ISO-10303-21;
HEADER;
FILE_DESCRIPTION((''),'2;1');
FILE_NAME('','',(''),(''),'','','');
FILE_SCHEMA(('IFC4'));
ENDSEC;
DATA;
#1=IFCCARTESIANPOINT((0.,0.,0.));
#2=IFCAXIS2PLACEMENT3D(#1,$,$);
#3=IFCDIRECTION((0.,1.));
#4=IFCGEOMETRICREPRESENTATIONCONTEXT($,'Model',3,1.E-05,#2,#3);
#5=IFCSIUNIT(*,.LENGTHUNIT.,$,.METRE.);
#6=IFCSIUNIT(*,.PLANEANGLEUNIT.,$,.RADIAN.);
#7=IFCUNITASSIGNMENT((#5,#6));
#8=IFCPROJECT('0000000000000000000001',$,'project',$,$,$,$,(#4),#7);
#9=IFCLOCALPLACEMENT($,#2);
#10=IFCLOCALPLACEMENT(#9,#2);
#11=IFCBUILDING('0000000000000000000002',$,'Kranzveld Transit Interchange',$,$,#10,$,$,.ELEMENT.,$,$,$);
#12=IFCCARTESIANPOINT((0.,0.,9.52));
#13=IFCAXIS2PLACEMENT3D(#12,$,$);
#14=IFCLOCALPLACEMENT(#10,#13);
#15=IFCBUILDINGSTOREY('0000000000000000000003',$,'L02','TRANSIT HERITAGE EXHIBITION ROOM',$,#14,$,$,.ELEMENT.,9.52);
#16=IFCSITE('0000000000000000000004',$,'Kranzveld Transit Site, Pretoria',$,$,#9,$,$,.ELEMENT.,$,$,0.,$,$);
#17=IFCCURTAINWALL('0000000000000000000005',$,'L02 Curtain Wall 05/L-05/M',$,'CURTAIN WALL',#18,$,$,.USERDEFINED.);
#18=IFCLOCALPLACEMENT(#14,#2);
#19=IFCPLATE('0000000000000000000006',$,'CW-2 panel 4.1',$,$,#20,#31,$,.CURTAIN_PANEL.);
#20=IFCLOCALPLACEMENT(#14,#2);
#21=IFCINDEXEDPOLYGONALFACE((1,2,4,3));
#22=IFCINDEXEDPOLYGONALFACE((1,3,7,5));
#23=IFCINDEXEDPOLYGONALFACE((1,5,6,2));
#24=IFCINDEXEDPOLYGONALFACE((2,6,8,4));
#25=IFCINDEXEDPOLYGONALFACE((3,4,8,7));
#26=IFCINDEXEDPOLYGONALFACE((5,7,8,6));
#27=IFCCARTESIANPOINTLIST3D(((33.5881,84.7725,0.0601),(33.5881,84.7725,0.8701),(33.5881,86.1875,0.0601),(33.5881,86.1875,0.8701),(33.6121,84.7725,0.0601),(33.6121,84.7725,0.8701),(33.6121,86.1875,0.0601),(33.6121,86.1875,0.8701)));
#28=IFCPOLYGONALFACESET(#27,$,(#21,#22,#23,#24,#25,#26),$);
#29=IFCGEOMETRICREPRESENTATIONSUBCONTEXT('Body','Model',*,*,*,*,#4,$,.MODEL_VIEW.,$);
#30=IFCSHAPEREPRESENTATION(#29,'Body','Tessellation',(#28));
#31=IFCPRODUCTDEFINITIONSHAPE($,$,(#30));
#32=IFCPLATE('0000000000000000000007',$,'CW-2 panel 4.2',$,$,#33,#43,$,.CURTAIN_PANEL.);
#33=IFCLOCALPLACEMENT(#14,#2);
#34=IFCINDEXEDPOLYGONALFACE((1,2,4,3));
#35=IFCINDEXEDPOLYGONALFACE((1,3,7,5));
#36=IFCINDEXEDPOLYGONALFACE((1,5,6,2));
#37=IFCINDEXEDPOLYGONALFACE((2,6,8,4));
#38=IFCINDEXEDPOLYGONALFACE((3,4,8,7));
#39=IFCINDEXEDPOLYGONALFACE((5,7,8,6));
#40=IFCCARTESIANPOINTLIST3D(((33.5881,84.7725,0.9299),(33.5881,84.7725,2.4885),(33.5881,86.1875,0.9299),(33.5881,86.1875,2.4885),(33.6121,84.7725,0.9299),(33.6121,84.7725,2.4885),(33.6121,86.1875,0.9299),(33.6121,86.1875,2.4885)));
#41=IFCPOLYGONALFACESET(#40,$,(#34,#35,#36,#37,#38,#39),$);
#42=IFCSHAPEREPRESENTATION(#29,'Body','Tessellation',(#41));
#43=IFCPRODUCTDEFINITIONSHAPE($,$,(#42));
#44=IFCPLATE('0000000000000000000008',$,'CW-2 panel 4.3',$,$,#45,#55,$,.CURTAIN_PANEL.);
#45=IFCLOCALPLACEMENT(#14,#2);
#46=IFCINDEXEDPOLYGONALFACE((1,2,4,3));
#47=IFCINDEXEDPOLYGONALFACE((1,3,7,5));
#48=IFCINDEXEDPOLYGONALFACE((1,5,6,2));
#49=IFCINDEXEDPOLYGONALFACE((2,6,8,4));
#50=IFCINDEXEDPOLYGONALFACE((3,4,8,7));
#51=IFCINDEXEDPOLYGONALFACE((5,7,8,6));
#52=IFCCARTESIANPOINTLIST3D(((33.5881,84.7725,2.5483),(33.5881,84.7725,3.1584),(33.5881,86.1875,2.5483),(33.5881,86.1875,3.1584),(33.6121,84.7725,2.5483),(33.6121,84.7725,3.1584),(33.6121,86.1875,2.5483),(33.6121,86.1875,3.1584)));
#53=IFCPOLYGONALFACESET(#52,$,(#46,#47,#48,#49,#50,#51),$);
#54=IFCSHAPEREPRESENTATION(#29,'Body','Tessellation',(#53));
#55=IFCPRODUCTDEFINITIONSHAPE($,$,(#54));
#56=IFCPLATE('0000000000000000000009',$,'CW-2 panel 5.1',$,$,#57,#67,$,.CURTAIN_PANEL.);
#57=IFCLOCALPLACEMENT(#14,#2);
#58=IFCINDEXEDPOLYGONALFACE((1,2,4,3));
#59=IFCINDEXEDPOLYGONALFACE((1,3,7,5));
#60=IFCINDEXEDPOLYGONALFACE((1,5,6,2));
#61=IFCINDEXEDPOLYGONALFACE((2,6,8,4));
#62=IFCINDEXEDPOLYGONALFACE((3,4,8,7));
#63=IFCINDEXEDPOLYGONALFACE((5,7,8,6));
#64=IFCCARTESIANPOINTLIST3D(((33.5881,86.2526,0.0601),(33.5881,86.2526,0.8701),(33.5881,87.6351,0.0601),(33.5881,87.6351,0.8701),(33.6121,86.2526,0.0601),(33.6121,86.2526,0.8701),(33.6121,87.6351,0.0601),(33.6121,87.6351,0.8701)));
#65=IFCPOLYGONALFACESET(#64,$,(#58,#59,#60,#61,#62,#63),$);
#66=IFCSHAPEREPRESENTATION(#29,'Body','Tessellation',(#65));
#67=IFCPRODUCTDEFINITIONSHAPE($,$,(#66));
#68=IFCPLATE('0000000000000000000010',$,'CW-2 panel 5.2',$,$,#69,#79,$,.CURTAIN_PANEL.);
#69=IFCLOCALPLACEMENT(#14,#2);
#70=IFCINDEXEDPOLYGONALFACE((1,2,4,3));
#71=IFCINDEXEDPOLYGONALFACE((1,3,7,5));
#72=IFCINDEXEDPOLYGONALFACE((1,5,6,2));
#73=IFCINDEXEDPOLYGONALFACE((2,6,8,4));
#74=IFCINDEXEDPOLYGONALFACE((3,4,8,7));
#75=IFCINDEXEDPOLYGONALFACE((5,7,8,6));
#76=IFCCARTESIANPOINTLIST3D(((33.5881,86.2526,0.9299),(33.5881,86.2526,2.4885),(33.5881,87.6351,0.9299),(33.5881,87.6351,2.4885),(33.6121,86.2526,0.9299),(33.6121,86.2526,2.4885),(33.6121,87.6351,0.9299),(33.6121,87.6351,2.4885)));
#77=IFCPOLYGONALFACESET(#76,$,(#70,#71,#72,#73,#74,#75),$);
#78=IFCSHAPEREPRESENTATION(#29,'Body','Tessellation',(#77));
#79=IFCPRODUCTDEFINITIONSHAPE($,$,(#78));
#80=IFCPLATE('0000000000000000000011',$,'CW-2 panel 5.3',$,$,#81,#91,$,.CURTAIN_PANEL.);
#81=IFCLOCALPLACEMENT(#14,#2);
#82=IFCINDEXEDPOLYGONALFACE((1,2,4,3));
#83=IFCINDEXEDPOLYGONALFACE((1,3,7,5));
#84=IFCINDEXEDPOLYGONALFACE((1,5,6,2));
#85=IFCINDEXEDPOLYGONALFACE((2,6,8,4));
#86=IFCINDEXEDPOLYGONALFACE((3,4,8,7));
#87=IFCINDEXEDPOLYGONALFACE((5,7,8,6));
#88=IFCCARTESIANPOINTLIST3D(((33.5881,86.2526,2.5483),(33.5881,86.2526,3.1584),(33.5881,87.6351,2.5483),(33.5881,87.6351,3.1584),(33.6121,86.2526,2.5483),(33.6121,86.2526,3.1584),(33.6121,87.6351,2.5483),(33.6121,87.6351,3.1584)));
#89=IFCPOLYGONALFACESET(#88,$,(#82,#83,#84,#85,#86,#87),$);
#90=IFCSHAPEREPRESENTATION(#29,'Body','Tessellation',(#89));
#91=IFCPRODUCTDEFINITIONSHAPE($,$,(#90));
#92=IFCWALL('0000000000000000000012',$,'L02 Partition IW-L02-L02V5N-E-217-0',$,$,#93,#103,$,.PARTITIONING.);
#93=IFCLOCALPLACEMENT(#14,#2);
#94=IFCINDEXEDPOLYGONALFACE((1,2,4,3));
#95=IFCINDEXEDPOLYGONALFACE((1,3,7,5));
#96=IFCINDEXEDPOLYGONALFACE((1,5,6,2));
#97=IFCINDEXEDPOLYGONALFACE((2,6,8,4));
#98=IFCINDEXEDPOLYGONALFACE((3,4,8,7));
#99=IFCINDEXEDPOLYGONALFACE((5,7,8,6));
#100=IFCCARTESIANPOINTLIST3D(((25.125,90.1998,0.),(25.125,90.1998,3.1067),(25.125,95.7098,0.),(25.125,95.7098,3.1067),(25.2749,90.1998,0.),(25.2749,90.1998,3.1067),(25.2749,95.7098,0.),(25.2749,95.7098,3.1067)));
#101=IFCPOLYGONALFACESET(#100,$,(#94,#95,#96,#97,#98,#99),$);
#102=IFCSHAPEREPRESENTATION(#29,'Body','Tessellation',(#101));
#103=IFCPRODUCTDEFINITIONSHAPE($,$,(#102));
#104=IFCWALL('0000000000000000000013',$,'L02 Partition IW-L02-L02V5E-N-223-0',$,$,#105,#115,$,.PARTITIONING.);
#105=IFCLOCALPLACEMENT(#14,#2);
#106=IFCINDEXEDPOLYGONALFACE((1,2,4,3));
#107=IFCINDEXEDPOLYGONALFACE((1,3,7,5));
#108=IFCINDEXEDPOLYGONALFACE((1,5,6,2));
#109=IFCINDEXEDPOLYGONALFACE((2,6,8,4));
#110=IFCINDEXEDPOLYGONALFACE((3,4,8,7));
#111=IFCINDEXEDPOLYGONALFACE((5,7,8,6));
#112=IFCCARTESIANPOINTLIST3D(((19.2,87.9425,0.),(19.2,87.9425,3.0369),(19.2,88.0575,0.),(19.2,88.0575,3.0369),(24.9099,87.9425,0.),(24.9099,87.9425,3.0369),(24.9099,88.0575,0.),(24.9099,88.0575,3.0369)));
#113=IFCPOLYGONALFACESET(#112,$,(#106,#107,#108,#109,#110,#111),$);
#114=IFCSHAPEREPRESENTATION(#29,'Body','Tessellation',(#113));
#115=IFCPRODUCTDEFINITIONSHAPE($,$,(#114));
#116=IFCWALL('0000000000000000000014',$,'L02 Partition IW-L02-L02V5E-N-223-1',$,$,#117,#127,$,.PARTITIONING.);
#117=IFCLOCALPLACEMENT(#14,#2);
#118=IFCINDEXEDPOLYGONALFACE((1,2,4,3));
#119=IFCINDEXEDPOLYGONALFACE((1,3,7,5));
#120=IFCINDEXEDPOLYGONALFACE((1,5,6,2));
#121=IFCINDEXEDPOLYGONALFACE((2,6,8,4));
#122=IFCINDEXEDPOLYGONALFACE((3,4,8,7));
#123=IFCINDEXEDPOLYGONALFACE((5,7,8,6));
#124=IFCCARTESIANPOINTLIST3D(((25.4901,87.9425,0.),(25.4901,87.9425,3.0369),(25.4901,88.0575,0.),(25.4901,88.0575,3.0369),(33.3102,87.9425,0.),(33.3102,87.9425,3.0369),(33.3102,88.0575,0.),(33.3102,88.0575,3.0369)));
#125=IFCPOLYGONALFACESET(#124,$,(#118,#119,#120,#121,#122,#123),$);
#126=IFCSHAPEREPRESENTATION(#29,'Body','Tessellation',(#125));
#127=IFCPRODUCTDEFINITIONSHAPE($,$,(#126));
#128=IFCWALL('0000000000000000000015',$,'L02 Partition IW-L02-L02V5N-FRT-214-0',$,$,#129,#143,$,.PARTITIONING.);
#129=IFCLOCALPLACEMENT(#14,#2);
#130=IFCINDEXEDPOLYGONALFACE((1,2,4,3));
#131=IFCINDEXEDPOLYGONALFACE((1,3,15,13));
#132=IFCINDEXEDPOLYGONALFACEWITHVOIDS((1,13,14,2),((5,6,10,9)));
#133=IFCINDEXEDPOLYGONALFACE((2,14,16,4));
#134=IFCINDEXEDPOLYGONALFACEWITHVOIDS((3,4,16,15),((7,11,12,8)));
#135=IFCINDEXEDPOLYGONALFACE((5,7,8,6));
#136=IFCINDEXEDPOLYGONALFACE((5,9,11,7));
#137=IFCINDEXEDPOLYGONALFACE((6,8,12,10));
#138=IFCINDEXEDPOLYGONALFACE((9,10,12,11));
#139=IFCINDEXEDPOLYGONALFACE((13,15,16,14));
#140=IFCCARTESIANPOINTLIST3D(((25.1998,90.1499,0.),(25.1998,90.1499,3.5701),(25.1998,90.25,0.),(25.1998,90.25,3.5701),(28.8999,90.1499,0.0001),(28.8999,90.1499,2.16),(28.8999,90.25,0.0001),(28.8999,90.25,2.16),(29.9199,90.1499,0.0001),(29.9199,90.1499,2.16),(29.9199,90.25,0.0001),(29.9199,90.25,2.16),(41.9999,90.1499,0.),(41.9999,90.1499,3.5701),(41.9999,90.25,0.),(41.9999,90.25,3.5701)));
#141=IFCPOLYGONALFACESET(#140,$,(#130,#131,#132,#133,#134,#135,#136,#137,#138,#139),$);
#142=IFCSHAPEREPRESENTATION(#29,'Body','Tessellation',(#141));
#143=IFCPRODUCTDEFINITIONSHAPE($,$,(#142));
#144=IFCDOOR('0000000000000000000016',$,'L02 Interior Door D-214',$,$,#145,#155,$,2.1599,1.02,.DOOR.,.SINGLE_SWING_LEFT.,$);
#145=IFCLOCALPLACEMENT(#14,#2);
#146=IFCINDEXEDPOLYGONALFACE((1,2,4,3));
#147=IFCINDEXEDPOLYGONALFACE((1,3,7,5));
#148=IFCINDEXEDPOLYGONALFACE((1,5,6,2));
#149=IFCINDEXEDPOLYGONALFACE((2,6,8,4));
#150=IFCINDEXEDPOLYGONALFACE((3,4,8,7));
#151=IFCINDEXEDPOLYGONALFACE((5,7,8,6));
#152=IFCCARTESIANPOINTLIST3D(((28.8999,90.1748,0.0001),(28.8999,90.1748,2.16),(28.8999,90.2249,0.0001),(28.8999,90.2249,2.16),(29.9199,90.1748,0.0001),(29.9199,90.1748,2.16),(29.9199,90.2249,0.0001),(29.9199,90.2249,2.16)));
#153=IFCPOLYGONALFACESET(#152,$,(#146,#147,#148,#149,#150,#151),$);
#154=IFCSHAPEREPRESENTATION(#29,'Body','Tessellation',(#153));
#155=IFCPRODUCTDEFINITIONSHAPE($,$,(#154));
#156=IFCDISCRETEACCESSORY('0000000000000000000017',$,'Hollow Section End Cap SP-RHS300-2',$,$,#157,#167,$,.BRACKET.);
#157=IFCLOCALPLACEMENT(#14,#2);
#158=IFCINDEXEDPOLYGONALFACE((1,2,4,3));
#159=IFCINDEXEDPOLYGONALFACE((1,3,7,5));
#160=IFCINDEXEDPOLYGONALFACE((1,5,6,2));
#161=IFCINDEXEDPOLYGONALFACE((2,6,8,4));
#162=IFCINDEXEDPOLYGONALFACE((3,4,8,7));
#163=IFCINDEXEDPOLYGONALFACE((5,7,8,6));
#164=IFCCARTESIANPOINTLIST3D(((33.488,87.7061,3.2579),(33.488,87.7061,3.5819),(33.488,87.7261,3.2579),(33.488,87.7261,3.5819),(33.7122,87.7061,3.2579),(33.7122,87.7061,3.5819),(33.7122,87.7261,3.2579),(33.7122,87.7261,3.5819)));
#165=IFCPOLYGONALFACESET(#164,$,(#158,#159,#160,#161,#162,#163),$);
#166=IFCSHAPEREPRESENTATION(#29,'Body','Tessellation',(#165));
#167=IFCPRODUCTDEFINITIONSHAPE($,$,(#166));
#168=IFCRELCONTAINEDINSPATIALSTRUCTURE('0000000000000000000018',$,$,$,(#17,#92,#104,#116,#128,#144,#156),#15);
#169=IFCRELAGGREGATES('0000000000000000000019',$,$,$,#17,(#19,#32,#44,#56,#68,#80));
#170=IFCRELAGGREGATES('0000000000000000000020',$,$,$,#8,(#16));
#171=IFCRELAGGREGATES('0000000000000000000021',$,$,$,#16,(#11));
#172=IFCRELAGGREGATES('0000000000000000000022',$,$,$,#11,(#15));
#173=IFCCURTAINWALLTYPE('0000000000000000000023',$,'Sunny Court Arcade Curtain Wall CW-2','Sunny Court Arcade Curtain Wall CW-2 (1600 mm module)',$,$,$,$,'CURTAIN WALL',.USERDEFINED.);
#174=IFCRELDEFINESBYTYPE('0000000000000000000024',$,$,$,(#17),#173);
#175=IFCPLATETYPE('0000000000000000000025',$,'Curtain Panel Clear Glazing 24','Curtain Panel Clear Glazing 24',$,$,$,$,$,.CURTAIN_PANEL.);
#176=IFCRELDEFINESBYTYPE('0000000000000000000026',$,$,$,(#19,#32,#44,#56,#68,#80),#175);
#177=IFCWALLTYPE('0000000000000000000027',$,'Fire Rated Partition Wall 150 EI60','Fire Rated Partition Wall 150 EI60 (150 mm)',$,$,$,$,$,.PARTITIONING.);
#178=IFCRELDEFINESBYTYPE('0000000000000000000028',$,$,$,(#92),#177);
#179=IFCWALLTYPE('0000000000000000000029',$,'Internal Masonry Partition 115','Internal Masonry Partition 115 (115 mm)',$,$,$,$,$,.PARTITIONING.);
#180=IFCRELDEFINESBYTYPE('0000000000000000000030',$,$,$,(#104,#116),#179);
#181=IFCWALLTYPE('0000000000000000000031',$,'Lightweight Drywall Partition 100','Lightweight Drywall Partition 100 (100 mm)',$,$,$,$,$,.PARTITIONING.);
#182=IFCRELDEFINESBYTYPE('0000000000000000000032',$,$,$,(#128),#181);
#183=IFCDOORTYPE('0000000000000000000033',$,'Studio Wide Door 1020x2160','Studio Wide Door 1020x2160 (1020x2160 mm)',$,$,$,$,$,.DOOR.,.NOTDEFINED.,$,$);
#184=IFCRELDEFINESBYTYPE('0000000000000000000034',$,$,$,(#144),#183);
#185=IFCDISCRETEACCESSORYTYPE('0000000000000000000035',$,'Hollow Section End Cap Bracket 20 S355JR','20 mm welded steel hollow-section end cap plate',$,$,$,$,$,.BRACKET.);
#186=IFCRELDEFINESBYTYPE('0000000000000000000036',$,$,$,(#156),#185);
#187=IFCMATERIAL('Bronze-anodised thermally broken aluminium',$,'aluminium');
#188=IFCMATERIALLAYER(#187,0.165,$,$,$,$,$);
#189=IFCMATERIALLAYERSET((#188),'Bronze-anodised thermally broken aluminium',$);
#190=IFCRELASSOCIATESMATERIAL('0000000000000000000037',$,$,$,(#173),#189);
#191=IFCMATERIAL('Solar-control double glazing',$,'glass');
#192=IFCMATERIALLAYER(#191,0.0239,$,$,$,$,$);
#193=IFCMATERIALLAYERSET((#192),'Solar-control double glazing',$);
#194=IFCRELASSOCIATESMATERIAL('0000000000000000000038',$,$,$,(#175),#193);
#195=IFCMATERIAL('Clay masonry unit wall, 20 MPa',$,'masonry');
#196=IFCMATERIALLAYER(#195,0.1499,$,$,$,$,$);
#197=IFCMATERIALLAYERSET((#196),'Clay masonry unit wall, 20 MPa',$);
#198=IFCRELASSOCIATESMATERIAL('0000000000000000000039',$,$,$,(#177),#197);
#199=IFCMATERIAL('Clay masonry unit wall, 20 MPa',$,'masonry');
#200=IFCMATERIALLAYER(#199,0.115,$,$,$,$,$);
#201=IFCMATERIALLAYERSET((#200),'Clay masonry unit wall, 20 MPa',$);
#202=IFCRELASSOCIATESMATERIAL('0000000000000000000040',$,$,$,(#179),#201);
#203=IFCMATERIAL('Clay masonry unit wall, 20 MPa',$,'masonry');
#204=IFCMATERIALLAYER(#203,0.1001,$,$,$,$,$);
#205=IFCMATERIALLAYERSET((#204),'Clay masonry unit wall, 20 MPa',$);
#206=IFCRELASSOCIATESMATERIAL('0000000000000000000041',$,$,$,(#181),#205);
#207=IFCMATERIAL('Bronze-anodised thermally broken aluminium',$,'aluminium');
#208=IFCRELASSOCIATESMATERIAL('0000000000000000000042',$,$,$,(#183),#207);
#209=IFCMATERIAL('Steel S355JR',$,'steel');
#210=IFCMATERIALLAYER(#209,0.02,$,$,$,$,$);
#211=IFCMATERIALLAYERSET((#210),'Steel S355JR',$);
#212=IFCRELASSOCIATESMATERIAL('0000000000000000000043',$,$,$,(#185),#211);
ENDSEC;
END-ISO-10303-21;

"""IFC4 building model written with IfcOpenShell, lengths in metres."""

from ifc_helpers import new_model, si_unit, direction, frame, frame_2d, origin, origin_2d, place, context, subcontext, project, spatial, rectangle, extrude, material, layer, layer_set, type_object, element, fill, aggregate, save


model = new_model("IFC4")

# Units and contexts
model_context = context("Model", 3, precision=1e-05, world=origin(), true_north=direction((0.0, 1.0)))
body_context = subcontext(model_context, "Body", "Model", "MODEL_VIEW")
ifc_project = project(units=[si_unit("LENGTHUNIT", "METRE"), si_unit("PLANEANGLEUNIT", "RADIAN")], contexts=[model_context])

# Site, building, storey
site_placement = place(None, origin())
site = spatial("IfcSite", under=ifc_project, at=site_placement, Name="Kranzveld Transit Site, Pretoria", CompositionType="ELEMENT", RefElevation=0.0)
building_placement = place(site_placement, origin())
building = spatial("IfcBuilding", under=site, at=building_placement, Name="Kranzveld Transit Interchange", CompositionType="ELEMENT")
storey_placement = place(building_placement, frame((0.0, 0.0, 9.52)))
storey = spatial("IfcBuildingStorey", under=building, at=storey_placement, Name="L02", Description="TRANSIT HERITAGE EXHIBITION ROOM", CompositionType="ELEMENT", Elevation=9.52)

# Curtain wall
ifc_material_1 = material(Name="Bronze-anodised thermally broken aluminium", Category="aluminium")
ifc_layer_1 = layer(ifc_material_1, 0.165)
ifc_layer_set_1 = layer_set([ifc_layer_1], Name="Bronze-anodised thermally broken aluminium")
curtain_wall_type = type_object("IfcCurtainWallType", Name="Sunny Court Arcade Curtain Wall CW-2", Description="Sunny Court Arcade Curtain Wall CW-2 (1600 mm module)", ElementType="CURTAIN WALL", PredefinedType="USERDEFINED", material=ifc_layer_set_1)
curtain_wall_placement = place(storey_placement, origin())
curtain_wall = element("IfcCurtainWall", 1, at=curtain_wall_placement, inside=storey, type_object=curtain_wall_type, Name="L02 Curtain Wall 05/L-05/M", ObjectType="CURTAIN WALL", PredefinedType="USERDEFINED")

# Plates
ifc_material_2 = material(Name="Solar-control double glazing", Category="glass")
ifc_layer_2 = layer(ifc_material_2, 0.0239)
ifc_layer_set_2 = layer_set([ifc_layer_2], Name="Solar-control double glazing")
plate_type = type_object("IfcPlateType", Name="Curtain Panel Clear Glazing 24", Description="Curtain Panel Clear Glazing 24", PredefinedType="CURTAIN_PANEL", material=ifc_layer_set_2)
plate_1_placement = place(storey_placement, frame((33.6001, 85.48, 0.0601), z_axis=(0.0, 0.0, 1.0), x_axis=(0.0, 1.0, 0.0)))
plate_1 = element("IfcPlate", 2, at=plate_1_placement, type_object=plate_type, Name="CW-2 panel 4.1", PredefinedType="CURTAIN_PANEL", context=body_context, shape_type="SweptSolid", body=[
    extrude(rectangle(XDim=1.415, YDim=0.0239, at=origin_2d()), origin(), (0.0, 0.0, 1.0), 0.8101),
])
plate_2_placement = place(storey_placement, frame((33.6001, 85.48, 0.9299), z_axis=(0.0, 0.0, 1.0), x_axis=(0.0, 1.0, 0.0)))
plate_2 = element("IfcPlate", 3, at=plate_2_placement, type_object=plate_type, Name="CW-2 panel 4.2", PredefinedType="CURTAIN_PANEL", context=body_context, shape_type="SweptSolid", body=[
    extrude(rectangle(XDim=1.415, YDim=0.0239, at=origin_2d()), origin(), (0.0, 0.0, 1.0), 1.5586),
])
plate_3_placement = place(storey_placement, frame((33.6001, 85.48, 2.5483), z_axis=(0.0, 0.0, 1.0), x_axis=(0.0, 1.0, 0.0)))
plate_3 = element("IfcPlate", 4, at=plate_3_placement, type_object=plate_type, Name="CW-2 panel 4.3", PredefinedType="CURTAIN_PANEL", context=body_context, shape_type="SweptSolid", body=[
    extrude(rectangle(XDim=1.415, YDim=0.0239, at=origin_2d()), origin(), (0.0, 0.0, 1.0), 0.6101),
])
plate_4_placement = place(storey_placement, frame((33.6001, 86.9438, 0.0601), z_axis=(0.0, 0.0, 1.0), x_axis=(0.0, 1.0, 0.0)))
plate_4 = element("IfcPlate", 5, at=plate_4_placement, type_object=plate_type, Name="CW-2 panel 5.1", PredefinedType="CURTAIN_PANEL", context=body_context, shape_type="SweptSolid", body=[
    extrude(rectangle(XDim=1.3826, YDim=0.0239, at=origin_2d()), origin(), (0.0, 0.0, 1.0), 0.8101),
])
plate_5_placement = place(storey_placement, frame((33.6001, 86.9438, 0.9299), z_axis=(0.0, 0.0, 1.0), x_axis=(0.0, 1.0, 0.0)))
plate_5 = element("IfcPlate", 6, at=plate_5_placement, type_object=plate_type, Name="CW-2 panel 5.2", PredefinedType="CURTAIN_PANEL", context=body_context, shape_type="SweptSolid", body=[
    extrude(rectangle(XDim=1.3826, YDim=0.0239, at=origin_2d()), origin(), (0.0, 0.0, 1.0), 1.5586),
])
plate_6_placement = place(storey_placement, frame((33.6001, 86.9438, 2.5483), z_axis=(0.0, 0.0, 1.0), x_axis=(0.0, 1.0, 0.0)))
plate_6 = element("IfcPlate", 7, at=plate_6_placement, type_object=plate_type, Name="CW-2 panel 5.3", PredefinedType="CURTAIN_PANEL", context=body_context, shape_type="SweptSolid", body=[
    extrude(rectangle(XDim=1.3826, YDim=0.0239, at=origin_2d()), origin(), (0.0, 0.0, 1.0), 0.6101),
])
aggregate(curtain_wall, [plate_1, plate_2, plate_3, plate_4, plate_5, plate_6])

# Walls
ifc_material_3 = material(Name="Clay masonry unit wall, 20 MPa", Category="masonry")
ifc_layer_3 = layer(ifc_material_3, 0.1499)
ifc_layer_set_3 = layer_set([ifc_layer_3], Name="Clay masonry unit wall, 20 MPa")
wall_type_1 = type_object("IfcWallType", Name="Fire Rated Partition Wall 150 EI60", Description="Fire Rated Partition Wall 150 EI60 (150 mm)", PredefinedType="PARTITIONING", material=ifc_layer_set_3)
wall_1_placement = place(storey_placement, frame((25.2, 90.2, 0.0), z_axis=(0.0, 0.0, 1.0), x_axis=(0.0, 1.0, 0.0)))
element("IfcWall", 8, at=wall_1_placement, inside=storey, type_object=wall_type_1, Name="L02 Partition IW-L02-L02V5N-E-217-0", PredefinedType="PARTITIONING", context=body_context, shape_type="SweptSolid", body=[
    extrude(rectangle(XDim=5.51, YDim=0.1499, at=frame_2d((2.7549, 0.0))), origin(), (0.0, 0.0, 1.0), 3.1067),
])
ifc_material_4 = material(Name="Clay masonry unit wall, 20 MPa", Category="masonry")
ifc_layer_4 = layer(ifc_material_4, 0.115)
ifc_layer_set_4 = layer_set([ifc_layer_4], Name="Clay masonry unit wall, 20 MPa")
wall_type_2 = type_object("IfcWallType", Name="Internal Masonry Partition 115", Description="Internal Masonry Partition 115 (115 mm)", PredefinedType="PARTITIONING", material=ifc_layer_set_4)
wall_2_placement = place(storey_placement, frame((19.2, 88.0, 0.0), z_axis=(0.0, 0.0, 1.0), x_axis=(1.0, 0.0, 0.0)))
element("IfcWall", 9, at=wall_2_placement, inside=storey, type_object=wall_type_2, Name="L02 Partition IW-L02-L02V5E-N-223-0", PredefinedType="PARTITIONING", context=body_context, shape_type="SweptSolid", body=[
    extrude(rectangle(XDim=5.71, YDim=0.115, at=frame_2d((2.855, 0.0))), origin(), (0.0, 0.0, 1.0), 3.0369),
])
wall_3_placement = place(storey_placement, frame((25.49, 88.0, 0.0), z_axis=(0.0, 0.0, 1.0), x_axis=(1.0, 0.0, 0.0)))
element("IfcWall", 10, at=wall_3_placement, inside=storey, type_object=wall_type_2, Name="L02 Partition IW-L02-L02V5E-N-223-1", PredefinedType="PARTITIONING", context=body_context, shape_type="SweptSolid", body=[
    extrude(rectangle(XDim=7.8201, YDim=0.115, at=frame_2d((3.9102, 0.0))), origin(), (0.0, 0.0, 1.0), 3.0369),
])

# Wall, opening, door
ifc_material_5 = material(Name="Clay masonry unit wall, 20 MPa", Category="masonry")
ifc_layer_5 = layer(ifc_material_5, 0.1001)
ifc_layer_set_5 = layer_set([ifc_layer_5], Name="Clay masonry unit wall, 20 MPa")
wall_type_3 = type_object("IfcWallType", Name="Lightweight Drywall Partition 100", Description="Lightweight Drywall Partition 100 (100 mm)", PredefinedType="PARTITIONING", material=ifc_layer_set_5)
wall_4_placement = place(storey_placement, frame((25.2, 90.2, 0.0), z_axis=(0.0, 0.0, 1.0), x_axis=(1.0, 0.0, 0.0)))
wall_4 = element("IfcWall", 11, at=wall_4_placement, inside=storey, type_object=wall_type_3, Name="L02 Partition IW-L02-L02V5N-FRT-214-0", PredefinedType="PARTITIONING", context=body_context, shape_type="SweptSolid", body=[
    extrude(rectangle(XDim=16.8, YDim=0.1001, at=frame_2d((8.3999, 0.0))), origin(), (0.0, 0.0, 1.0), 3.5701),
])
opening_placement = place(wall_4_placement, frame((3.7, 0.0, 0.0), z_axis=(0.0, 0.0, 1.0), x_axis=(1.0, 0.0, 0.0)))
opening = element("IfcOpeningElement", 12, at=opening_placement, cuts=wall_4, PredefinedType="OPENING", context=body_context, shape_type="SweptSolid", body=[
    extrude(rectangle(XDim=1.02, YDim=2.1599, at=frame_2d((0.51, 1.0801))), frame((0.0, 0.0601, 0.0), z_axis=(0.0, -1.0, 0.0), x_axis=(1.0, 0.0, 0.0)), (0.0, 0.0, 1.0), 0.1201),
])
ifc_material_6 = material(Name="Bronze-anodised thermally broken aluminium", Category="aluminium")
door_type = type_object("IfcDoorType", Name="Studio Wide Door 1020x2160", Description="Studio Wide Door 1020x2160 (1020x2160 mm)", OperationType="NOTDEFINED", PredefinedType="DOOR", material=ifc_material_6)
door_placement = place(opening_placement, origin())
door = element("IfcDoor", 13, at=door_placement, inside=storey, type_object=door_type, Name="L02 Interior Door D-214", OperationType="SINGLE_SWING_LEFT", OverallHeight=2.1599, OverallWidth=1.02, PredefinedType="DOOR", context=body_context, shape_type="SweptSolid", body=[
    extrude(rectangle(XDim=1.02, YDim=2.1599, at=frame_2d((0.51, 1.0801))), frame((0.0, 0.0249, 0.0), z_axis=(0.0, -1.0, 0.0), x_axis=(1.0, 0.0, 0.0)), (0.0, 0.0, 1.0), 0.05),
])
fill(opening, door)

# Discrete accessory
ifc_material_7 = material(Name="Steel S355JR", Category="steel")
ifc_layer_6 = layer(ifc_material_7, 0.02)
ifc_layer_set_6 = layer_set([ifc_layer_6], Name="Steel S355JR")
discrete_accessory_type = type_object("IfcDiscreteAccessoryType", Name="Hollow Section End Cap Bracket 20 S355JR", Description="20 mm welded steel hollow-section end cap plate", PredefinedType="BRACKET", material=ifc_layer_set_6)
discrete_accessory_placement = place(storey_placement, frame((33.6001, 87.7061, 3.4199), z_axis=(0.0, 1.0, 0.0), x_axis=(-1.0, 0.0, 0.0)))
element("IfcDiscreteAccessory", 14, at=discrete_accessory_placement, inside=storey, type_object=discrete_accessory_type, Name="Hollow Section End Cap SP-RHS300-2", PredefinedType="BRACKET", context=body_context, shape_type="SweptSolid", body=[
    extrude(rectangle(XDim=0.2241, YDim=0.324, at=origin_2d()), origin(), (0.0, 0.0, 1.0), 0.02),
])

save(model, "model.ifc")
